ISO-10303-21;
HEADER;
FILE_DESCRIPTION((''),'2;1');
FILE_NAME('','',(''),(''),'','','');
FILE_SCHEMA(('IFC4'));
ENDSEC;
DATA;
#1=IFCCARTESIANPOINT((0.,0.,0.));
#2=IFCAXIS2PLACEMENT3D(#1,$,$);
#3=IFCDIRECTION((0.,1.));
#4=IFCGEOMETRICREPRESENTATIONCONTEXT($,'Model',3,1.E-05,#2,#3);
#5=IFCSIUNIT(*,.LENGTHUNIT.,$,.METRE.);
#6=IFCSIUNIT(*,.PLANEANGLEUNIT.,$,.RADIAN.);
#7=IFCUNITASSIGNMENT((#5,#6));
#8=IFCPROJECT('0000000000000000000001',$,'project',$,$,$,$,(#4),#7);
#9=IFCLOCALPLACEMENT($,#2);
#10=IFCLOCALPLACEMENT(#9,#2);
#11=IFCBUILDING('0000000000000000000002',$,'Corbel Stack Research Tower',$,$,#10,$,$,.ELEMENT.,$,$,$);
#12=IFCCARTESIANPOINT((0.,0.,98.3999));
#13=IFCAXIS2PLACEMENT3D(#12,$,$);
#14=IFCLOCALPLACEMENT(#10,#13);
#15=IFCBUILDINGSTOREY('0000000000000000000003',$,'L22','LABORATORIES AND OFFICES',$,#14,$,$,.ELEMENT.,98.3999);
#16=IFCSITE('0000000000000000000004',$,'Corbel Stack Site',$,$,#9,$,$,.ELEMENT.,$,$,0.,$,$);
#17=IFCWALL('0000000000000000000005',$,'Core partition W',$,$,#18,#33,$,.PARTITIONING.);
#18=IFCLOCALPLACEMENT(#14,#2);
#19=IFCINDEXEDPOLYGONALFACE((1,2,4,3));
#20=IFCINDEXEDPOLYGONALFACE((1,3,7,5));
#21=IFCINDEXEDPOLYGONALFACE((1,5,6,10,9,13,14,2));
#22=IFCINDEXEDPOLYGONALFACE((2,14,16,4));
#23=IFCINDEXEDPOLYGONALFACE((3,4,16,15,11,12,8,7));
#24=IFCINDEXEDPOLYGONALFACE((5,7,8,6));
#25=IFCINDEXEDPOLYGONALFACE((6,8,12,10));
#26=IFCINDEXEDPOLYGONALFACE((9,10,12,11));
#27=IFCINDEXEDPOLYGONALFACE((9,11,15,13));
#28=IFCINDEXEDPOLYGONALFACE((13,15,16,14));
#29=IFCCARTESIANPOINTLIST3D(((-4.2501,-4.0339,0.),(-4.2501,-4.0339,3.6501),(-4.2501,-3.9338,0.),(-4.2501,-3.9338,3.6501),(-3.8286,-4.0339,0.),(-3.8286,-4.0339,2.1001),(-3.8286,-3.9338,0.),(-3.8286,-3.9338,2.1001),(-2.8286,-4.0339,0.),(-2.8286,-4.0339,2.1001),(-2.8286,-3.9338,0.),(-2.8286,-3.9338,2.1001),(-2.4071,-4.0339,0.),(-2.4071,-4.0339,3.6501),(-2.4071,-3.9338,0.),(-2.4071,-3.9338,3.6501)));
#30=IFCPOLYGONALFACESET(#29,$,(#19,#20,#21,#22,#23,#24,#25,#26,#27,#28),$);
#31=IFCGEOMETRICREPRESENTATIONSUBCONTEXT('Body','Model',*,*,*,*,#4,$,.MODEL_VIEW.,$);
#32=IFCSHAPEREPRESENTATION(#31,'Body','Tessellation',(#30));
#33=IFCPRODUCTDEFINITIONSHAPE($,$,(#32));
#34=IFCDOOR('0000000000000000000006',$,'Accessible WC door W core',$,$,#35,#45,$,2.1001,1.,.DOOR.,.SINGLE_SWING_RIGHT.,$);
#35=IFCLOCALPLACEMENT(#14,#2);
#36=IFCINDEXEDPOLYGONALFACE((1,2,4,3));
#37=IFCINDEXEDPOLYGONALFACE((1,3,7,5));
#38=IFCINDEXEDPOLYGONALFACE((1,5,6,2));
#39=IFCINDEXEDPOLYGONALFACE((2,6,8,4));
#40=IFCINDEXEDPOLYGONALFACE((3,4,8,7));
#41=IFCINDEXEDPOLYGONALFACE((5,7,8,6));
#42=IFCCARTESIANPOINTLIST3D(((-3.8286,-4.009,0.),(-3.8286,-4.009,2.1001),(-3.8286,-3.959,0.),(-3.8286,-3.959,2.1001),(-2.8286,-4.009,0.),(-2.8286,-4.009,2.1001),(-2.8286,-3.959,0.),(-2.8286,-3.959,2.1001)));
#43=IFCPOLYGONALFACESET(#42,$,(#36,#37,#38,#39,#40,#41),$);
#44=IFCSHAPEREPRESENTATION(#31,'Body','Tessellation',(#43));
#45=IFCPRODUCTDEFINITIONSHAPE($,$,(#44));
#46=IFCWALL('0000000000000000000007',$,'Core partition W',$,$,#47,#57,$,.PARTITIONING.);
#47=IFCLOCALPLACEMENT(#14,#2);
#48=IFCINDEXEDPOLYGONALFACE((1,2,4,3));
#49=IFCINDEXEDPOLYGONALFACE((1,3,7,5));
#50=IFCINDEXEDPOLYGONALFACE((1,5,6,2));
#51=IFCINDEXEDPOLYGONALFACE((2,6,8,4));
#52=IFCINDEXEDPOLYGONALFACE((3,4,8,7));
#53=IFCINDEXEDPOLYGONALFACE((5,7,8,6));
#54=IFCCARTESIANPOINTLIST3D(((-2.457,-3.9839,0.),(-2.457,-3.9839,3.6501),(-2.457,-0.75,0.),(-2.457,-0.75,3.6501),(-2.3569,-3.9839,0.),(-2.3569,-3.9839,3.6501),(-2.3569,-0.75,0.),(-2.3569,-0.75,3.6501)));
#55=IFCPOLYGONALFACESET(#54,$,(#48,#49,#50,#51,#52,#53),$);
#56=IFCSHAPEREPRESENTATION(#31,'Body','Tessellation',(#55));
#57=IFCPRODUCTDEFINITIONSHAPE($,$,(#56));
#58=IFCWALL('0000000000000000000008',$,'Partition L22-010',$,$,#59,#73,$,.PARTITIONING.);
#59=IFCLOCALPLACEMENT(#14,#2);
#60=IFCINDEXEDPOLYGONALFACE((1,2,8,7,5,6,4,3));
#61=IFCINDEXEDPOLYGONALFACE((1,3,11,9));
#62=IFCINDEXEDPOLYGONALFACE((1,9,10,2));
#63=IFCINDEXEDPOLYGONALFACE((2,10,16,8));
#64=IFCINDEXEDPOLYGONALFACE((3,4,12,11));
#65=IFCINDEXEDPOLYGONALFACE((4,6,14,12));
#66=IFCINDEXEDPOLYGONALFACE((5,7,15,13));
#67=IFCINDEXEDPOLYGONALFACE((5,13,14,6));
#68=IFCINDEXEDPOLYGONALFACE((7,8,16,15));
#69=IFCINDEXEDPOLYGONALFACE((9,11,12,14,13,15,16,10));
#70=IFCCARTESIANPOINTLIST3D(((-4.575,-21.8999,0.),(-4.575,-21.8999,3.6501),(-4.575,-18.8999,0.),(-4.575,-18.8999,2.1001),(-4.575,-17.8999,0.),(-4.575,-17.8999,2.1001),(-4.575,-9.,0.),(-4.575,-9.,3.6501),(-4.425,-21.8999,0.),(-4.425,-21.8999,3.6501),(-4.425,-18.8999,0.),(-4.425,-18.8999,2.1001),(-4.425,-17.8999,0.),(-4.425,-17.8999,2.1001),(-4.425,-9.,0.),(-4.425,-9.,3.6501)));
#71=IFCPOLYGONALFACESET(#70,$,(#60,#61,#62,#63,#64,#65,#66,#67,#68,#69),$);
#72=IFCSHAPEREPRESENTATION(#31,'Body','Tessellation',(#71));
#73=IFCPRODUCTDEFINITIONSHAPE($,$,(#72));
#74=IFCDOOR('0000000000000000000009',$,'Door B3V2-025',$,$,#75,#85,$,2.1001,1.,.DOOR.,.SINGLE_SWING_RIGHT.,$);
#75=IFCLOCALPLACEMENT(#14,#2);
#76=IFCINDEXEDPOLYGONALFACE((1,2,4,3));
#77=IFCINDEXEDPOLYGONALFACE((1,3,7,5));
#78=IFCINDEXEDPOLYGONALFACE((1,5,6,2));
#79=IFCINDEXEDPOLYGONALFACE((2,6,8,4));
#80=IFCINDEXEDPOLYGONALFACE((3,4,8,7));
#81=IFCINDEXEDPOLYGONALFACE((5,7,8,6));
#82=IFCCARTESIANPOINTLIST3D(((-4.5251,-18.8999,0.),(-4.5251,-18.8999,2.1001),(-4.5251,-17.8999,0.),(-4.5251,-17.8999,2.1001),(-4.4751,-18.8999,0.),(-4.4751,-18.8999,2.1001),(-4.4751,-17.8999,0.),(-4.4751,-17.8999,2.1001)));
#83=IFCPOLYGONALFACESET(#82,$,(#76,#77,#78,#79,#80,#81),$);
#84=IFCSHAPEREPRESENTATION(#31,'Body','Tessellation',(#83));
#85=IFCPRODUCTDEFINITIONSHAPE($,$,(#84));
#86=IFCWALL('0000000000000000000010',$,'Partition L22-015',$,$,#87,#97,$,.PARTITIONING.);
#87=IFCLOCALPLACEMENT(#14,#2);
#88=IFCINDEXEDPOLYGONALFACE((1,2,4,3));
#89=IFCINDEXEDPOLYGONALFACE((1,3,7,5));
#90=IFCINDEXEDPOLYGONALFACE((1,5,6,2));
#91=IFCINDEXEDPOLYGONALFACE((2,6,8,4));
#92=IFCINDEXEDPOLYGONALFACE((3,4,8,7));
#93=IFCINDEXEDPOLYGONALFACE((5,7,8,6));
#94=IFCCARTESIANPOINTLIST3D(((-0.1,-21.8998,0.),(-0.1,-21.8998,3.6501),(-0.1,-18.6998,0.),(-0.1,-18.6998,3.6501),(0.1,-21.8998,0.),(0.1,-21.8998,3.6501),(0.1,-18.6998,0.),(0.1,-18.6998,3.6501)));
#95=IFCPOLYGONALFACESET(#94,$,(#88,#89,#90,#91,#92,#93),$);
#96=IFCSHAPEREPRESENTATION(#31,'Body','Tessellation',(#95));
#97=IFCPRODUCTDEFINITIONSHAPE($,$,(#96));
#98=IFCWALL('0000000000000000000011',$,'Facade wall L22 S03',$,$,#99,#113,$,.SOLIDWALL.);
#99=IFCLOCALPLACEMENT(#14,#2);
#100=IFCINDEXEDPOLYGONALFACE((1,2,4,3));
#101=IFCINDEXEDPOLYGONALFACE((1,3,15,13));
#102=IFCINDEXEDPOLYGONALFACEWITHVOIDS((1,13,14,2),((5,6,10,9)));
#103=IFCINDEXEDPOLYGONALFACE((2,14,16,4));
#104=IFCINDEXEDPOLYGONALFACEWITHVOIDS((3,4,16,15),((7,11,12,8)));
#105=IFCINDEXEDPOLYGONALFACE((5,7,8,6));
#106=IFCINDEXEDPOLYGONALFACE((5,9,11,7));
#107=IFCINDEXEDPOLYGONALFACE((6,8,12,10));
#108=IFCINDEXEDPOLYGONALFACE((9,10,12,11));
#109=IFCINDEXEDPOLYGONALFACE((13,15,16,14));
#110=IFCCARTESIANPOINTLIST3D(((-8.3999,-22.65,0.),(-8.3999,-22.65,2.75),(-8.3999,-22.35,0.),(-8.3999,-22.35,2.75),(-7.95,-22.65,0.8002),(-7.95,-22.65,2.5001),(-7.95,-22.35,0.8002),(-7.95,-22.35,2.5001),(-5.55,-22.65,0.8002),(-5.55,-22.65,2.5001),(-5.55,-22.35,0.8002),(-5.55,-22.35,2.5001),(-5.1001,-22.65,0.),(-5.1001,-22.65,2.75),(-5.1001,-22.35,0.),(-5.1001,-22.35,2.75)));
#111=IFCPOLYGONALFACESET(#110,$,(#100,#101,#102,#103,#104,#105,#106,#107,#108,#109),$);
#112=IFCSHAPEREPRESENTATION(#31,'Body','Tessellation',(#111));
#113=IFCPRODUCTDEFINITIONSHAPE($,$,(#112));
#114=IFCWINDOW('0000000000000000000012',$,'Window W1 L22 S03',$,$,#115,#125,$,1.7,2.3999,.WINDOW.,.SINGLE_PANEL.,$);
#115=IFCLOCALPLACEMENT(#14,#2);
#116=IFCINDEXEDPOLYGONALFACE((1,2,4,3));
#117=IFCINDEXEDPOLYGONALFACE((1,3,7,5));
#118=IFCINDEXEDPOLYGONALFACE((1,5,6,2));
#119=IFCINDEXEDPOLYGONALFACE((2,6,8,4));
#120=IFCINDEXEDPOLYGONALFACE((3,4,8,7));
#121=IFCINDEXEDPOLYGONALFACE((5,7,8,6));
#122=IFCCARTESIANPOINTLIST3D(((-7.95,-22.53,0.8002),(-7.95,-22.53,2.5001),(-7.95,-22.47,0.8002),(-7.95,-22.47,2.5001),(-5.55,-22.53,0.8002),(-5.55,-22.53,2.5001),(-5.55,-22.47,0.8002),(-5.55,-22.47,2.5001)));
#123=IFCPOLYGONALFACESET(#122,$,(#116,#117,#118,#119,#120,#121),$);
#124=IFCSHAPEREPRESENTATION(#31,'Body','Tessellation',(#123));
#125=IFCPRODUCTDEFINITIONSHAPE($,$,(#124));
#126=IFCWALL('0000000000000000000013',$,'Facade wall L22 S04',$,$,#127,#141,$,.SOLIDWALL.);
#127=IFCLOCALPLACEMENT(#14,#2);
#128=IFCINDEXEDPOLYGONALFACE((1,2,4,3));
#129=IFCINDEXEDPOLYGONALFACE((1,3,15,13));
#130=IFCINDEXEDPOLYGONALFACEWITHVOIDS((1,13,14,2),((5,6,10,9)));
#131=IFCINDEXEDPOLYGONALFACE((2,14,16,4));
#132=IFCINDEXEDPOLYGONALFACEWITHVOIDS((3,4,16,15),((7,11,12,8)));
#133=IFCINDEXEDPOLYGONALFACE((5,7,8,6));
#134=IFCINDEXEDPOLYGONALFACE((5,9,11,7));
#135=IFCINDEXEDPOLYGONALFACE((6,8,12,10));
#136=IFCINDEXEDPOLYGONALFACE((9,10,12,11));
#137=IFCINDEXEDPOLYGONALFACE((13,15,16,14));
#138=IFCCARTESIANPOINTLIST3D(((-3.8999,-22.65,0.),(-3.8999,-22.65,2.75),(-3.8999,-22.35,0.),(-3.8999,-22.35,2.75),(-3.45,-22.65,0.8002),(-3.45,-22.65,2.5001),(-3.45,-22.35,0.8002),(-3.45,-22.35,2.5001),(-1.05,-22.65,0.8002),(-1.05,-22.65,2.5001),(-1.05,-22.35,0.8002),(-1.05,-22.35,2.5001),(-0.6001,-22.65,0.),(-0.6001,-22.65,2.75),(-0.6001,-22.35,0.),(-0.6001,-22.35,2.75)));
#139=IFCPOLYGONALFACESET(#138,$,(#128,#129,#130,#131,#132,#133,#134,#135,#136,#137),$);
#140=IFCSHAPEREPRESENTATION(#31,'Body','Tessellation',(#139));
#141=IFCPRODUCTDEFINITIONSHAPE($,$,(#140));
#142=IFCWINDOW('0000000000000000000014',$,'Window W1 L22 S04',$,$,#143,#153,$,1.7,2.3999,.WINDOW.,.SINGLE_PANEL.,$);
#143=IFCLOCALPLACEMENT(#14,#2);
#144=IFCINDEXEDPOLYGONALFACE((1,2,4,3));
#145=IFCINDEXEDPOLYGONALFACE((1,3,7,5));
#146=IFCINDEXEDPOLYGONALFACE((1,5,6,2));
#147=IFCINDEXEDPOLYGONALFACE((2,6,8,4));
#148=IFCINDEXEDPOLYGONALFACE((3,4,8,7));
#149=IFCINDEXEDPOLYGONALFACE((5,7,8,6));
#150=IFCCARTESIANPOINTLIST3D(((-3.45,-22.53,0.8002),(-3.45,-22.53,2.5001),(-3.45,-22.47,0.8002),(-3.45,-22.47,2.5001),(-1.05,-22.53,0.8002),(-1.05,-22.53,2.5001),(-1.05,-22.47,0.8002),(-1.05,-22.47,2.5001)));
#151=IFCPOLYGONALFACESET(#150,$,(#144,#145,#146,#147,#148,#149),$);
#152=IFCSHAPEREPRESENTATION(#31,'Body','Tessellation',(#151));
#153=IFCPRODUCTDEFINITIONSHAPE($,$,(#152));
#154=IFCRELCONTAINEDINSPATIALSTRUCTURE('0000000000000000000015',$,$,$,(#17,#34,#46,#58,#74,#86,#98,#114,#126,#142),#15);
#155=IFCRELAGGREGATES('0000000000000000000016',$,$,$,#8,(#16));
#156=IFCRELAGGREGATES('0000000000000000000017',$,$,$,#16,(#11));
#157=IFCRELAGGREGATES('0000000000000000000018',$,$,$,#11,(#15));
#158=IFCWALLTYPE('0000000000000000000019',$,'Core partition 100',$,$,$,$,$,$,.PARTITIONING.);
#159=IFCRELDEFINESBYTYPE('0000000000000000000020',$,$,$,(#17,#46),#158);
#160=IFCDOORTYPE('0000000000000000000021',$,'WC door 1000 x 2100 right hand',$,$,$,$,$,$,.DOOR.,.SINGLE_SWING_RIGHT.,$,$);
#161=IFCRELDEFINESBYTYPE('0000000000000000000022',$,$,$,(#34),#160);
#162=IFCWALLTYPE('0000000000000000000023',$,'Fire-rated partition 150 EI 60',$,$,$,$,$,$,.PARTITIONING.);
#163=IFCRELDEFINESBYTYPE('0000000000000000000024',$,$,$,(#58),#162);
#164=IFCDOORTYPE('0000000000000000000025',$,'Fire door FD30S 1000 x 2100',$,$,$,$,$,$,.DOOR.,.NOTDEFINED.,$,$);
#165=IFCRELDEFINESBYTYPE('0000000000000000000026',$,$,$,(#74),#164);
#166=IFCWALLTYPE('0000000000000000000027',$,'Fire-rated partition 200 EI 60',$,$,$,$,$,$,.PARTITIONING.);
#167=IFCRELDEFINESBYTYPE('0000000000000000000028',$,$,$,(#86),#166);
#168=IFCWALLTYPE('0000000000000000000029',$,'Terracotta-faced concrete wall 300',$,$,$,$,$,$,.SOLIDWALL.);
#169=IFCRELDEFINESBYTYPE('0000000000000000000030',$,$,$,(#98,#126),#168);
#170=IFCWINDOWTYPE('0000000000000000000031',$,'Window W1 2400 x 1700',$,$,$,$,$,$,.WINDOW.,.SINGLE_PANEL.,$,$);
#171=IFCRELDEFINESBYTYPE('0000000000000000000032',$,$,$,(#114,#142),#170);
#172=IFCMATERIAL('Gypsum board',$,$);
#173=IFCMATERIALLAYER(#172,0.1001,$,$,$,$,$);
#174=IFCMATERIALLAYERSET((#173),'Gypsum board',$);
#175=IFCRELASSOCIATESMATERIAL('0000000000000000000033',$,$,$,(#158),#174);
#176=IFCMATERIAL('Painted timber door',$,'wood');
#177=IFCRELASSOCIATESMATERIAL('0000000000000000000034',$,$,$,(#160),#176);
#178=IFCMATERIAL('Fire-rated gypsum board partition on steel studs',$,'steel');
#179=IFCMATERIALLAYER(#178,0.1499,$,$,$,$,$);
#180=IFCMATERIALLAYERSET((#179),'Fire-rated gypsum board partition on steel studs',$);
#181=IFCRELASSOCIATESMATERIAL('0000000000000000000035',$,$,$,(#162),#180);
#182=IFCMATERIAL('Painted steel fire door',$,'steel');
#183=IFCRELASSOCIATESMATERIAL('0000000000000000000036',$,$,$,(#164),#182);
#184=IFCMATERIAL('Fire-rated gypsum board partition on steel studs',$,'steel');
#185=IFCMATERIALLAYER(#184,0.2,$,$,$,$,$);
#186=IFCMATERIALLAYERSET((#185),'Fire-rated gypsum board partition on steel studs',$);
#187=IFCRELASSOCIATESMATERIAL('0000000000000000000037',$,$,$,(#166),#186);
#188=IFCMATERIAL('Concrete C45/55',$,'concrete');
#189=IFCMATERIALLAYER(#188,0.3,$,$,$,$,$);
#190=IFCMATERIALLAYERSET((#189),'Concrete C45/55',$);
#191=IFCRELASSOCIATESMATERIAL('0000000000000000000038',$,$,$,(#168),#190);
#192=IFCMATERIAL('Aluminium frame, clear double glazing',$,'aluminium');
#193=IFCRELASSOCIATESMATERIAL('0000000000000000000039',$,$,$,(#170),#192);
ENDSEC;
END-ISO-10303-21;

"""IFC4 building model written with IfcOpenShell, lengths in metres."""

from ifc_helpers import new_model, si_unit, direction, frame, frame_2d, origin, place, context, subcontext, project, spatial, rectangle, extrude, material, layer, layer_set, type_object, element, fill, save


model = new_model("IFC4")

# Units and contexts
model_context = context("Model", 3, precision=1e-05, world=origin(), true_north=direction((0.0, 1.0)))
body_context = subcontext(model_context, "Body", "Model", "MODEL_VIEW")
ifc_project = project(units=[si_unit("LENGTHUNIT", "METRE"), si_unit("PLANEANGLEUNIT", "RADIAN")], contexts=[model_context])

# Site, building, storey
site_placement = place(None, origin())
site = spatial("IfcSite", under=ifc_project, at=site_placement, Name="Corbel Stack Site", CompositionType="ELEMENT", RefElevation=0.0)
building_placement = place(site_placement, origin())
building = spatial("IfcBuilding", under=site, at=building_placement, Name="Corbel Stack Research Tower", CompositionType="ELEMENT")
storey_placement = place(building_placement, frame((0.0, 0.0, 98.3999)))
storey = spatial("IfcBuildingStorey", under=building, at=storey_placement, Name="L22", Description="LABORATORIES AND OFFICES", CompositionType="ELEMENT", Elevation=98.3999)

# Wall, opening, door
ifc_material_1 = material(Name="Gypsum board")
ifc_layer_1 = layer(ifc_material_1, 0.1001)
ifc_layer_set_1 = layer_set([ifc_layer_1], Name="Gypsum board")
wall_type_1 = type_object("IfcWallType", Name="Core partition 100", PredefinedType="PARTITIONING", material=ifc_layer_set_1)
ifc_material_2 = material(Name="Painted timber door", Category="wood")
door_type_1 = type_object("IfcDoorType", Name="WC door 1000 x 2100 right hand", OperationType="SINGLE_SWING_RIGHT", PredefinedType="DOOR", material=ifc_material_2)
wall_1_placement = place(storey_placement, frame((-4.25, -3.9839, 0.0), z_axis=(0.0, 0.0, 1.0), x_axis=(1.0, 0.0, 0.0)))
wall_1 = element("IfcWall", 1, at=wall_1_placement, inside=storey, type_object=wall_type_1, Name="Core partition W", PredefinedType="PARTITIONING", context=body_context, shape_type="SweptSolid", body=[
    extrude(rectangle(XDim=1.843, YDim=0.1001, at=frame_2d((0.9214, 0.0))), origin(), (0.0, 0.0, 1.0), 3.6501),
])
opening_1_placement = place(wall_1_placement, frame((0.4214, 0.0, 0.0)))
opening_1 = element("IfcOpeningElement", 2, at=opening_1_placement, cuts=wall_1, PredefinedType="OPENING", context=body_context, shape_type="SweptSolid", body=[
    extrude(rectangle(XDim=1.0, YDim=2.1001, at=frame_2d((0.5, 1.05))), frame((0.0, 0.0601, 0.0), z_axis=(0.0, -1.0, 0.0), x_axis=(1.0, 0.0, 0.0)), (0.0, 0.0, 1.0), 0.1201),
])
door_1_placement = place(opening_1_placement, origin())
door_1 = element("IfcDoor", 3, at=door_1_placement, inside=storey, type_object=door_type_1, Name="Accessible WC door W core", OperationType="SINGLE_SWING_RIGHT", OverallHeight=2.1001, OverallWidth=1.0, PredefinedType="DOOR", context=body_context, shape_type="SweptSolid", body=[
    extrude(rectangle(XDim=1.0, YDim=2.1001, at=frame_2d((0.5, 1.05))), frame((0.0, 0.0249, 0.0), z_axis=(0.0, -1.0, 0.0), x_axis=(1.0, 0.0, 0.0)), (0.0, 0.0, 1.0), 0.05),
])
fill(opening_1, door_1)

# Wall
wall_2_placement = place(storey_placement, frame((-2.407, -3.9839, 0.0), z_axis=(0.0, 0.0, 1.0), x_axis=(0.0, 1.0, 0.0)))
element("IfcWall", 4, at=wall_2_placement, inside=storey, type_object=wall_type_1, Name="Core partition W", PredefinedType="PARTITIONING", context=body_context, shape_type="SweptSolid", body=[
    extrude(rectangle(XDim=3.2339, YDim=0.1001, at=frame_2d((1.6169, 0.0))), origin(), (0.0, 0.0, 1.0), 3.6501),
])

# Wall, opening, door
ifc_material_3 = material(Name="Fire-rated gypsum board partition on steel studs", Category="steel")
ifc_layer_2 = layer(ifc_material_3, 0.1499)
ifc_layer_set_2 = layer_set([ifc_layer_2], Name="Fire-rated gypsum board partition on steel studs")
wall_type_2 = type_object("IfcWallType", Name="Fire-rated partition 150 EI 60", PredefinedType="PARTITIONING", material=ifc_layer_set_2)
wall_3_placement = place(storey_placement, frame((-4.5, -9.0, 0.0), z_axis=(0.0, 0.0, 1.0), x_axis=(0.0, -1.0, 0.0)))
wall_3 = element("IfcWall", 5, at=wall_3_placement, inside=storey, type_object=wall_type_2, Name="Partition L22-010", PredefinedType="PARTITIONING", context=body_context, shape_type="SweptSolid", body=[
    extrude(rectangle(XDim=12.8999, YDim=0.1499, at=frame_2d((6.45, 0.0))), origin(), (0.0, 0.0, 1.0), 3.6501),
])
opening_2_placement = place(wall_3_placement, frame((8.8999, 0.0, 0.0)))
opening_2 = element("IfcOpeningElement", 6, at=opening_2_placement, cuts=wall_3, PredefinedType="OPENING", context=body_context, shape_type="SweptSolid", body=[
    extrude(rectangle(XDim=1.0, YDim=2.1001, at=frame_2d((0.5, 1.05))), frame((0.0, 0.085, 0.0), z_axis=(0.0, -1.0, 0.0), x_axis=(1.0, 0.0, 0.0)), (0.0, 0.0, 1.0), 0.1699),
])
ifc_material_4 = material(Name="Painted steel fire door", Category="steel")
door_type_2 = type_object("IfcDoorType", Name="Fire door FD30S 1000 x 2100", OperationType="NOTDEFINED", PredefinedType="DOOR", material=ifc_material_4)
door_2_placement = place(opening_2_placement, origin())
door_2 = element("IfcDoor", 7, at=door_2_placement, inside=storey, type_object=door_type_2, Name="Door B3V2-025", OperationType="SINGLE_SWING_RIGHT", OverallHeight=2.1001, OverallWidth=1.0, PredefinedType="DOOR", context=body_context, shape_type="SweptSolid", body=[
    extrude(rectangle(XDim=1.0, YDim=2.1001, at=frame_2d((0.5, 1.05))), frame((0.0, 0.0249, 0.0), z_axis=(0.0, -1.0, 0.0), x_axis=(1.0, 0.0, 0.0)), (0.0, 0.0, 1.0), 0.05),
])
fill(opening_2, door_2)

# Wall
ifc_material_5 = material(Name="Fire-rated gypsum board partition on steel studs", Category="steel")
ifc_layer_3 = layer(ifc_material_5, 0.2)
ifc_layer_set_3 = layer_set([ifc_layer_3], Name="Fire-rated gypsum board partition on steel studs")
wall_type_3 = type_object("IfcWallType", Name="Fire-rated partition 200 EI 60", PredefinedType="PARTITIONING", material=ifc_layer_set_3)
wall_4_placement = place(storey_placement, frame((0.0, -21.8999, 0.0), z_axis=(0.0, 0.0, 1.0), x_axis=(0.0, 1.0, 0.0)))
element("IfcWall", 8, at=wall_4_placement, inside=storey, type_object=wall_type_3, Name="Partition L22-015", PredefinedType="PARTITIONING", context=body_context, shape_type="SweptSolid", body=[
    extrude(rectangle(XDim=3.2, YDim=0.2, at=frame_2d((1.6001, 0.0))), origin(), (0.0, 0.0, 1.0), 3.6501),
])

# Walls, openings, windows
ifc_material_6 = material(Name="Concrete C45/55", Category="concrete")
ifc_layer_4 = layer(ifc_material_6, 0.3)
ifc_layer_set_4 = layer_set([ifc_layer_4], Name="Concrete C45/55")
wall_type_4 = type_object("IfcWallType", Name="Terracotta-faced concrete wall 300", PredefinedType="SOLIDWALL", material=ifc_layer_set_4)
wall_5_placement = place(storey_placement, frame((-5.1001, -22.5, 0.0), z_axis=(0.0, 0.0, 1.0), x_axis=(-1.0, 0.0, 0.0)))
wall_5 = element("IfcWall", 9, at=wall_5_placement, inside=storey, type_object=wall_type_4, Name="Facade wall L22 S03", PredefinedType="SOLIDWALL", context=body_context, shape_type="SweptSolid", body=[
    extrude(rectangle(XDim=3.2998, YDim=0.3, at=frame_2d((1.6499, 0.0))), origin(), (0.0, 0.0, 1.0), 2.75),
])
opening_3_placement = place(wall_5_placement, frame((0.45, 0.0, 0.8)))
opening_3 = element("IfcOpeningElement", 10, at=opening_3_placement, cuts=wall_5, PredefinedType="OPENING", context=body_context, shape_type="SweptSolid", body=[
    extrude(rectangle(XDim=2.3999, YDim=1.7, at=frame_2d((1.2, 0.8501))), frame((0.0, 0.1599, 0.0), z_axis=(0.0, -1.0, 0.0), x_axis=(1.0, 0.0, 0.0)), (0.0, 0.0, 1.0), 0.3201),
])
ifc_material_7 = material(Name="Aluminium frame, clear double glazing", Category="aluminium")
window_type = type_object("IfcWindowType", Name="Window W1 2400 x 1700", PartitioningType="SINGLE_PANEL", PredefinedType="WINDOW", material=ifc_material_7)
window_1_placement = place(opening_3_placement, origin())
window_1 = element("IfcWindow", 11, at=window_1_placement, inside=storey, type_object=window_type, Name="Window W1 L22 S03", OverallHeight=1.7, OverallWidth=2.3999, PartitioningType="SINGLE_PANEL", PredefinedType="WINDOW", context=body_context, shape_type="SweptSolid", body=[
    extrude(rectangle(XDim=2.3999, YDim=1.7, at=frame_2d((1.2, 0.8501))), frame((0.0, 0.03, 0.0), z_axis=(0.0, -1.0, 0.0), x_axis=(1.0, 0.0, 0.0)), (0.0, 0.0, 1.0), 0.0601),
])
fill(opening_3, window_1)
wall_6_placement = place(storey_placement, frame((-0.6001, -22.5, 0.0), z_axis=(0.0, 0.0, 1.0), x_axis=(-1.0, 0.0, 0.0)))
wall_6 = element("IfcWall", 12, at=wall_6_placement, inside=storey, type_object=wall_type_4, Name="Facade wall L22 S04", PredefinedType="SOLIDWALL", context=body_context, shape_type="SweptSolid", body=[
    extrude(rectangle(XDim=3.2998, YDim=0.3, at=frame_2d((1.6499, 0.0))), origin(), (0.0, 0.0, 1.0), 2.75),
])
opening_4_placement = place(wall_6_placement, frame((0.45, 0.0, 0.8)))
opening_4 = element("IfcOpeningElement", 13, at=opening_4_placement, cuts=wall_6, PredefinedType="OPENING", context=body_context, shape_type="SweptSolid", body=[
    extrude(rectangle(XDim=2.3999, YDim=1.7, at=frame_2d((1.2, 0.8501))), frame((0.0, 0.1599, 0.0), z_axis=(0.0, -1.0, 0.0), x_axis=(1.0, 0.0, 0.0)), (0.0, 0.0, 1.0), 0.3201),
])
window_2_placement = place(opening_4_placement, origin())
window_2 = element("IfcWindow", 14, at=window_2_placement, inside=storey, type_object=window_type, Name="Window W1 L22 S04", OverallHeight=1.7, OverallWidth=2.3999, PartitioningType="SINGLE_PANEL", PredefinedType="WINDOW", context=body_context, shape_type="SweptSolid", body=[
    extrude(rectangle(XDim=2.3999, YDim=1.7, at=frame_2d((1.2, 0.8501))), frame((0.0, 0.03, 0.0), z_axis=(0.0, -1.0, 0.0), x_axis=(1.0, 0.0, 0.0)), (0.0, 0.0, 1.0), 0.0601),
])
fill(opening_4, window_2)

save(model, "model.ifc")
